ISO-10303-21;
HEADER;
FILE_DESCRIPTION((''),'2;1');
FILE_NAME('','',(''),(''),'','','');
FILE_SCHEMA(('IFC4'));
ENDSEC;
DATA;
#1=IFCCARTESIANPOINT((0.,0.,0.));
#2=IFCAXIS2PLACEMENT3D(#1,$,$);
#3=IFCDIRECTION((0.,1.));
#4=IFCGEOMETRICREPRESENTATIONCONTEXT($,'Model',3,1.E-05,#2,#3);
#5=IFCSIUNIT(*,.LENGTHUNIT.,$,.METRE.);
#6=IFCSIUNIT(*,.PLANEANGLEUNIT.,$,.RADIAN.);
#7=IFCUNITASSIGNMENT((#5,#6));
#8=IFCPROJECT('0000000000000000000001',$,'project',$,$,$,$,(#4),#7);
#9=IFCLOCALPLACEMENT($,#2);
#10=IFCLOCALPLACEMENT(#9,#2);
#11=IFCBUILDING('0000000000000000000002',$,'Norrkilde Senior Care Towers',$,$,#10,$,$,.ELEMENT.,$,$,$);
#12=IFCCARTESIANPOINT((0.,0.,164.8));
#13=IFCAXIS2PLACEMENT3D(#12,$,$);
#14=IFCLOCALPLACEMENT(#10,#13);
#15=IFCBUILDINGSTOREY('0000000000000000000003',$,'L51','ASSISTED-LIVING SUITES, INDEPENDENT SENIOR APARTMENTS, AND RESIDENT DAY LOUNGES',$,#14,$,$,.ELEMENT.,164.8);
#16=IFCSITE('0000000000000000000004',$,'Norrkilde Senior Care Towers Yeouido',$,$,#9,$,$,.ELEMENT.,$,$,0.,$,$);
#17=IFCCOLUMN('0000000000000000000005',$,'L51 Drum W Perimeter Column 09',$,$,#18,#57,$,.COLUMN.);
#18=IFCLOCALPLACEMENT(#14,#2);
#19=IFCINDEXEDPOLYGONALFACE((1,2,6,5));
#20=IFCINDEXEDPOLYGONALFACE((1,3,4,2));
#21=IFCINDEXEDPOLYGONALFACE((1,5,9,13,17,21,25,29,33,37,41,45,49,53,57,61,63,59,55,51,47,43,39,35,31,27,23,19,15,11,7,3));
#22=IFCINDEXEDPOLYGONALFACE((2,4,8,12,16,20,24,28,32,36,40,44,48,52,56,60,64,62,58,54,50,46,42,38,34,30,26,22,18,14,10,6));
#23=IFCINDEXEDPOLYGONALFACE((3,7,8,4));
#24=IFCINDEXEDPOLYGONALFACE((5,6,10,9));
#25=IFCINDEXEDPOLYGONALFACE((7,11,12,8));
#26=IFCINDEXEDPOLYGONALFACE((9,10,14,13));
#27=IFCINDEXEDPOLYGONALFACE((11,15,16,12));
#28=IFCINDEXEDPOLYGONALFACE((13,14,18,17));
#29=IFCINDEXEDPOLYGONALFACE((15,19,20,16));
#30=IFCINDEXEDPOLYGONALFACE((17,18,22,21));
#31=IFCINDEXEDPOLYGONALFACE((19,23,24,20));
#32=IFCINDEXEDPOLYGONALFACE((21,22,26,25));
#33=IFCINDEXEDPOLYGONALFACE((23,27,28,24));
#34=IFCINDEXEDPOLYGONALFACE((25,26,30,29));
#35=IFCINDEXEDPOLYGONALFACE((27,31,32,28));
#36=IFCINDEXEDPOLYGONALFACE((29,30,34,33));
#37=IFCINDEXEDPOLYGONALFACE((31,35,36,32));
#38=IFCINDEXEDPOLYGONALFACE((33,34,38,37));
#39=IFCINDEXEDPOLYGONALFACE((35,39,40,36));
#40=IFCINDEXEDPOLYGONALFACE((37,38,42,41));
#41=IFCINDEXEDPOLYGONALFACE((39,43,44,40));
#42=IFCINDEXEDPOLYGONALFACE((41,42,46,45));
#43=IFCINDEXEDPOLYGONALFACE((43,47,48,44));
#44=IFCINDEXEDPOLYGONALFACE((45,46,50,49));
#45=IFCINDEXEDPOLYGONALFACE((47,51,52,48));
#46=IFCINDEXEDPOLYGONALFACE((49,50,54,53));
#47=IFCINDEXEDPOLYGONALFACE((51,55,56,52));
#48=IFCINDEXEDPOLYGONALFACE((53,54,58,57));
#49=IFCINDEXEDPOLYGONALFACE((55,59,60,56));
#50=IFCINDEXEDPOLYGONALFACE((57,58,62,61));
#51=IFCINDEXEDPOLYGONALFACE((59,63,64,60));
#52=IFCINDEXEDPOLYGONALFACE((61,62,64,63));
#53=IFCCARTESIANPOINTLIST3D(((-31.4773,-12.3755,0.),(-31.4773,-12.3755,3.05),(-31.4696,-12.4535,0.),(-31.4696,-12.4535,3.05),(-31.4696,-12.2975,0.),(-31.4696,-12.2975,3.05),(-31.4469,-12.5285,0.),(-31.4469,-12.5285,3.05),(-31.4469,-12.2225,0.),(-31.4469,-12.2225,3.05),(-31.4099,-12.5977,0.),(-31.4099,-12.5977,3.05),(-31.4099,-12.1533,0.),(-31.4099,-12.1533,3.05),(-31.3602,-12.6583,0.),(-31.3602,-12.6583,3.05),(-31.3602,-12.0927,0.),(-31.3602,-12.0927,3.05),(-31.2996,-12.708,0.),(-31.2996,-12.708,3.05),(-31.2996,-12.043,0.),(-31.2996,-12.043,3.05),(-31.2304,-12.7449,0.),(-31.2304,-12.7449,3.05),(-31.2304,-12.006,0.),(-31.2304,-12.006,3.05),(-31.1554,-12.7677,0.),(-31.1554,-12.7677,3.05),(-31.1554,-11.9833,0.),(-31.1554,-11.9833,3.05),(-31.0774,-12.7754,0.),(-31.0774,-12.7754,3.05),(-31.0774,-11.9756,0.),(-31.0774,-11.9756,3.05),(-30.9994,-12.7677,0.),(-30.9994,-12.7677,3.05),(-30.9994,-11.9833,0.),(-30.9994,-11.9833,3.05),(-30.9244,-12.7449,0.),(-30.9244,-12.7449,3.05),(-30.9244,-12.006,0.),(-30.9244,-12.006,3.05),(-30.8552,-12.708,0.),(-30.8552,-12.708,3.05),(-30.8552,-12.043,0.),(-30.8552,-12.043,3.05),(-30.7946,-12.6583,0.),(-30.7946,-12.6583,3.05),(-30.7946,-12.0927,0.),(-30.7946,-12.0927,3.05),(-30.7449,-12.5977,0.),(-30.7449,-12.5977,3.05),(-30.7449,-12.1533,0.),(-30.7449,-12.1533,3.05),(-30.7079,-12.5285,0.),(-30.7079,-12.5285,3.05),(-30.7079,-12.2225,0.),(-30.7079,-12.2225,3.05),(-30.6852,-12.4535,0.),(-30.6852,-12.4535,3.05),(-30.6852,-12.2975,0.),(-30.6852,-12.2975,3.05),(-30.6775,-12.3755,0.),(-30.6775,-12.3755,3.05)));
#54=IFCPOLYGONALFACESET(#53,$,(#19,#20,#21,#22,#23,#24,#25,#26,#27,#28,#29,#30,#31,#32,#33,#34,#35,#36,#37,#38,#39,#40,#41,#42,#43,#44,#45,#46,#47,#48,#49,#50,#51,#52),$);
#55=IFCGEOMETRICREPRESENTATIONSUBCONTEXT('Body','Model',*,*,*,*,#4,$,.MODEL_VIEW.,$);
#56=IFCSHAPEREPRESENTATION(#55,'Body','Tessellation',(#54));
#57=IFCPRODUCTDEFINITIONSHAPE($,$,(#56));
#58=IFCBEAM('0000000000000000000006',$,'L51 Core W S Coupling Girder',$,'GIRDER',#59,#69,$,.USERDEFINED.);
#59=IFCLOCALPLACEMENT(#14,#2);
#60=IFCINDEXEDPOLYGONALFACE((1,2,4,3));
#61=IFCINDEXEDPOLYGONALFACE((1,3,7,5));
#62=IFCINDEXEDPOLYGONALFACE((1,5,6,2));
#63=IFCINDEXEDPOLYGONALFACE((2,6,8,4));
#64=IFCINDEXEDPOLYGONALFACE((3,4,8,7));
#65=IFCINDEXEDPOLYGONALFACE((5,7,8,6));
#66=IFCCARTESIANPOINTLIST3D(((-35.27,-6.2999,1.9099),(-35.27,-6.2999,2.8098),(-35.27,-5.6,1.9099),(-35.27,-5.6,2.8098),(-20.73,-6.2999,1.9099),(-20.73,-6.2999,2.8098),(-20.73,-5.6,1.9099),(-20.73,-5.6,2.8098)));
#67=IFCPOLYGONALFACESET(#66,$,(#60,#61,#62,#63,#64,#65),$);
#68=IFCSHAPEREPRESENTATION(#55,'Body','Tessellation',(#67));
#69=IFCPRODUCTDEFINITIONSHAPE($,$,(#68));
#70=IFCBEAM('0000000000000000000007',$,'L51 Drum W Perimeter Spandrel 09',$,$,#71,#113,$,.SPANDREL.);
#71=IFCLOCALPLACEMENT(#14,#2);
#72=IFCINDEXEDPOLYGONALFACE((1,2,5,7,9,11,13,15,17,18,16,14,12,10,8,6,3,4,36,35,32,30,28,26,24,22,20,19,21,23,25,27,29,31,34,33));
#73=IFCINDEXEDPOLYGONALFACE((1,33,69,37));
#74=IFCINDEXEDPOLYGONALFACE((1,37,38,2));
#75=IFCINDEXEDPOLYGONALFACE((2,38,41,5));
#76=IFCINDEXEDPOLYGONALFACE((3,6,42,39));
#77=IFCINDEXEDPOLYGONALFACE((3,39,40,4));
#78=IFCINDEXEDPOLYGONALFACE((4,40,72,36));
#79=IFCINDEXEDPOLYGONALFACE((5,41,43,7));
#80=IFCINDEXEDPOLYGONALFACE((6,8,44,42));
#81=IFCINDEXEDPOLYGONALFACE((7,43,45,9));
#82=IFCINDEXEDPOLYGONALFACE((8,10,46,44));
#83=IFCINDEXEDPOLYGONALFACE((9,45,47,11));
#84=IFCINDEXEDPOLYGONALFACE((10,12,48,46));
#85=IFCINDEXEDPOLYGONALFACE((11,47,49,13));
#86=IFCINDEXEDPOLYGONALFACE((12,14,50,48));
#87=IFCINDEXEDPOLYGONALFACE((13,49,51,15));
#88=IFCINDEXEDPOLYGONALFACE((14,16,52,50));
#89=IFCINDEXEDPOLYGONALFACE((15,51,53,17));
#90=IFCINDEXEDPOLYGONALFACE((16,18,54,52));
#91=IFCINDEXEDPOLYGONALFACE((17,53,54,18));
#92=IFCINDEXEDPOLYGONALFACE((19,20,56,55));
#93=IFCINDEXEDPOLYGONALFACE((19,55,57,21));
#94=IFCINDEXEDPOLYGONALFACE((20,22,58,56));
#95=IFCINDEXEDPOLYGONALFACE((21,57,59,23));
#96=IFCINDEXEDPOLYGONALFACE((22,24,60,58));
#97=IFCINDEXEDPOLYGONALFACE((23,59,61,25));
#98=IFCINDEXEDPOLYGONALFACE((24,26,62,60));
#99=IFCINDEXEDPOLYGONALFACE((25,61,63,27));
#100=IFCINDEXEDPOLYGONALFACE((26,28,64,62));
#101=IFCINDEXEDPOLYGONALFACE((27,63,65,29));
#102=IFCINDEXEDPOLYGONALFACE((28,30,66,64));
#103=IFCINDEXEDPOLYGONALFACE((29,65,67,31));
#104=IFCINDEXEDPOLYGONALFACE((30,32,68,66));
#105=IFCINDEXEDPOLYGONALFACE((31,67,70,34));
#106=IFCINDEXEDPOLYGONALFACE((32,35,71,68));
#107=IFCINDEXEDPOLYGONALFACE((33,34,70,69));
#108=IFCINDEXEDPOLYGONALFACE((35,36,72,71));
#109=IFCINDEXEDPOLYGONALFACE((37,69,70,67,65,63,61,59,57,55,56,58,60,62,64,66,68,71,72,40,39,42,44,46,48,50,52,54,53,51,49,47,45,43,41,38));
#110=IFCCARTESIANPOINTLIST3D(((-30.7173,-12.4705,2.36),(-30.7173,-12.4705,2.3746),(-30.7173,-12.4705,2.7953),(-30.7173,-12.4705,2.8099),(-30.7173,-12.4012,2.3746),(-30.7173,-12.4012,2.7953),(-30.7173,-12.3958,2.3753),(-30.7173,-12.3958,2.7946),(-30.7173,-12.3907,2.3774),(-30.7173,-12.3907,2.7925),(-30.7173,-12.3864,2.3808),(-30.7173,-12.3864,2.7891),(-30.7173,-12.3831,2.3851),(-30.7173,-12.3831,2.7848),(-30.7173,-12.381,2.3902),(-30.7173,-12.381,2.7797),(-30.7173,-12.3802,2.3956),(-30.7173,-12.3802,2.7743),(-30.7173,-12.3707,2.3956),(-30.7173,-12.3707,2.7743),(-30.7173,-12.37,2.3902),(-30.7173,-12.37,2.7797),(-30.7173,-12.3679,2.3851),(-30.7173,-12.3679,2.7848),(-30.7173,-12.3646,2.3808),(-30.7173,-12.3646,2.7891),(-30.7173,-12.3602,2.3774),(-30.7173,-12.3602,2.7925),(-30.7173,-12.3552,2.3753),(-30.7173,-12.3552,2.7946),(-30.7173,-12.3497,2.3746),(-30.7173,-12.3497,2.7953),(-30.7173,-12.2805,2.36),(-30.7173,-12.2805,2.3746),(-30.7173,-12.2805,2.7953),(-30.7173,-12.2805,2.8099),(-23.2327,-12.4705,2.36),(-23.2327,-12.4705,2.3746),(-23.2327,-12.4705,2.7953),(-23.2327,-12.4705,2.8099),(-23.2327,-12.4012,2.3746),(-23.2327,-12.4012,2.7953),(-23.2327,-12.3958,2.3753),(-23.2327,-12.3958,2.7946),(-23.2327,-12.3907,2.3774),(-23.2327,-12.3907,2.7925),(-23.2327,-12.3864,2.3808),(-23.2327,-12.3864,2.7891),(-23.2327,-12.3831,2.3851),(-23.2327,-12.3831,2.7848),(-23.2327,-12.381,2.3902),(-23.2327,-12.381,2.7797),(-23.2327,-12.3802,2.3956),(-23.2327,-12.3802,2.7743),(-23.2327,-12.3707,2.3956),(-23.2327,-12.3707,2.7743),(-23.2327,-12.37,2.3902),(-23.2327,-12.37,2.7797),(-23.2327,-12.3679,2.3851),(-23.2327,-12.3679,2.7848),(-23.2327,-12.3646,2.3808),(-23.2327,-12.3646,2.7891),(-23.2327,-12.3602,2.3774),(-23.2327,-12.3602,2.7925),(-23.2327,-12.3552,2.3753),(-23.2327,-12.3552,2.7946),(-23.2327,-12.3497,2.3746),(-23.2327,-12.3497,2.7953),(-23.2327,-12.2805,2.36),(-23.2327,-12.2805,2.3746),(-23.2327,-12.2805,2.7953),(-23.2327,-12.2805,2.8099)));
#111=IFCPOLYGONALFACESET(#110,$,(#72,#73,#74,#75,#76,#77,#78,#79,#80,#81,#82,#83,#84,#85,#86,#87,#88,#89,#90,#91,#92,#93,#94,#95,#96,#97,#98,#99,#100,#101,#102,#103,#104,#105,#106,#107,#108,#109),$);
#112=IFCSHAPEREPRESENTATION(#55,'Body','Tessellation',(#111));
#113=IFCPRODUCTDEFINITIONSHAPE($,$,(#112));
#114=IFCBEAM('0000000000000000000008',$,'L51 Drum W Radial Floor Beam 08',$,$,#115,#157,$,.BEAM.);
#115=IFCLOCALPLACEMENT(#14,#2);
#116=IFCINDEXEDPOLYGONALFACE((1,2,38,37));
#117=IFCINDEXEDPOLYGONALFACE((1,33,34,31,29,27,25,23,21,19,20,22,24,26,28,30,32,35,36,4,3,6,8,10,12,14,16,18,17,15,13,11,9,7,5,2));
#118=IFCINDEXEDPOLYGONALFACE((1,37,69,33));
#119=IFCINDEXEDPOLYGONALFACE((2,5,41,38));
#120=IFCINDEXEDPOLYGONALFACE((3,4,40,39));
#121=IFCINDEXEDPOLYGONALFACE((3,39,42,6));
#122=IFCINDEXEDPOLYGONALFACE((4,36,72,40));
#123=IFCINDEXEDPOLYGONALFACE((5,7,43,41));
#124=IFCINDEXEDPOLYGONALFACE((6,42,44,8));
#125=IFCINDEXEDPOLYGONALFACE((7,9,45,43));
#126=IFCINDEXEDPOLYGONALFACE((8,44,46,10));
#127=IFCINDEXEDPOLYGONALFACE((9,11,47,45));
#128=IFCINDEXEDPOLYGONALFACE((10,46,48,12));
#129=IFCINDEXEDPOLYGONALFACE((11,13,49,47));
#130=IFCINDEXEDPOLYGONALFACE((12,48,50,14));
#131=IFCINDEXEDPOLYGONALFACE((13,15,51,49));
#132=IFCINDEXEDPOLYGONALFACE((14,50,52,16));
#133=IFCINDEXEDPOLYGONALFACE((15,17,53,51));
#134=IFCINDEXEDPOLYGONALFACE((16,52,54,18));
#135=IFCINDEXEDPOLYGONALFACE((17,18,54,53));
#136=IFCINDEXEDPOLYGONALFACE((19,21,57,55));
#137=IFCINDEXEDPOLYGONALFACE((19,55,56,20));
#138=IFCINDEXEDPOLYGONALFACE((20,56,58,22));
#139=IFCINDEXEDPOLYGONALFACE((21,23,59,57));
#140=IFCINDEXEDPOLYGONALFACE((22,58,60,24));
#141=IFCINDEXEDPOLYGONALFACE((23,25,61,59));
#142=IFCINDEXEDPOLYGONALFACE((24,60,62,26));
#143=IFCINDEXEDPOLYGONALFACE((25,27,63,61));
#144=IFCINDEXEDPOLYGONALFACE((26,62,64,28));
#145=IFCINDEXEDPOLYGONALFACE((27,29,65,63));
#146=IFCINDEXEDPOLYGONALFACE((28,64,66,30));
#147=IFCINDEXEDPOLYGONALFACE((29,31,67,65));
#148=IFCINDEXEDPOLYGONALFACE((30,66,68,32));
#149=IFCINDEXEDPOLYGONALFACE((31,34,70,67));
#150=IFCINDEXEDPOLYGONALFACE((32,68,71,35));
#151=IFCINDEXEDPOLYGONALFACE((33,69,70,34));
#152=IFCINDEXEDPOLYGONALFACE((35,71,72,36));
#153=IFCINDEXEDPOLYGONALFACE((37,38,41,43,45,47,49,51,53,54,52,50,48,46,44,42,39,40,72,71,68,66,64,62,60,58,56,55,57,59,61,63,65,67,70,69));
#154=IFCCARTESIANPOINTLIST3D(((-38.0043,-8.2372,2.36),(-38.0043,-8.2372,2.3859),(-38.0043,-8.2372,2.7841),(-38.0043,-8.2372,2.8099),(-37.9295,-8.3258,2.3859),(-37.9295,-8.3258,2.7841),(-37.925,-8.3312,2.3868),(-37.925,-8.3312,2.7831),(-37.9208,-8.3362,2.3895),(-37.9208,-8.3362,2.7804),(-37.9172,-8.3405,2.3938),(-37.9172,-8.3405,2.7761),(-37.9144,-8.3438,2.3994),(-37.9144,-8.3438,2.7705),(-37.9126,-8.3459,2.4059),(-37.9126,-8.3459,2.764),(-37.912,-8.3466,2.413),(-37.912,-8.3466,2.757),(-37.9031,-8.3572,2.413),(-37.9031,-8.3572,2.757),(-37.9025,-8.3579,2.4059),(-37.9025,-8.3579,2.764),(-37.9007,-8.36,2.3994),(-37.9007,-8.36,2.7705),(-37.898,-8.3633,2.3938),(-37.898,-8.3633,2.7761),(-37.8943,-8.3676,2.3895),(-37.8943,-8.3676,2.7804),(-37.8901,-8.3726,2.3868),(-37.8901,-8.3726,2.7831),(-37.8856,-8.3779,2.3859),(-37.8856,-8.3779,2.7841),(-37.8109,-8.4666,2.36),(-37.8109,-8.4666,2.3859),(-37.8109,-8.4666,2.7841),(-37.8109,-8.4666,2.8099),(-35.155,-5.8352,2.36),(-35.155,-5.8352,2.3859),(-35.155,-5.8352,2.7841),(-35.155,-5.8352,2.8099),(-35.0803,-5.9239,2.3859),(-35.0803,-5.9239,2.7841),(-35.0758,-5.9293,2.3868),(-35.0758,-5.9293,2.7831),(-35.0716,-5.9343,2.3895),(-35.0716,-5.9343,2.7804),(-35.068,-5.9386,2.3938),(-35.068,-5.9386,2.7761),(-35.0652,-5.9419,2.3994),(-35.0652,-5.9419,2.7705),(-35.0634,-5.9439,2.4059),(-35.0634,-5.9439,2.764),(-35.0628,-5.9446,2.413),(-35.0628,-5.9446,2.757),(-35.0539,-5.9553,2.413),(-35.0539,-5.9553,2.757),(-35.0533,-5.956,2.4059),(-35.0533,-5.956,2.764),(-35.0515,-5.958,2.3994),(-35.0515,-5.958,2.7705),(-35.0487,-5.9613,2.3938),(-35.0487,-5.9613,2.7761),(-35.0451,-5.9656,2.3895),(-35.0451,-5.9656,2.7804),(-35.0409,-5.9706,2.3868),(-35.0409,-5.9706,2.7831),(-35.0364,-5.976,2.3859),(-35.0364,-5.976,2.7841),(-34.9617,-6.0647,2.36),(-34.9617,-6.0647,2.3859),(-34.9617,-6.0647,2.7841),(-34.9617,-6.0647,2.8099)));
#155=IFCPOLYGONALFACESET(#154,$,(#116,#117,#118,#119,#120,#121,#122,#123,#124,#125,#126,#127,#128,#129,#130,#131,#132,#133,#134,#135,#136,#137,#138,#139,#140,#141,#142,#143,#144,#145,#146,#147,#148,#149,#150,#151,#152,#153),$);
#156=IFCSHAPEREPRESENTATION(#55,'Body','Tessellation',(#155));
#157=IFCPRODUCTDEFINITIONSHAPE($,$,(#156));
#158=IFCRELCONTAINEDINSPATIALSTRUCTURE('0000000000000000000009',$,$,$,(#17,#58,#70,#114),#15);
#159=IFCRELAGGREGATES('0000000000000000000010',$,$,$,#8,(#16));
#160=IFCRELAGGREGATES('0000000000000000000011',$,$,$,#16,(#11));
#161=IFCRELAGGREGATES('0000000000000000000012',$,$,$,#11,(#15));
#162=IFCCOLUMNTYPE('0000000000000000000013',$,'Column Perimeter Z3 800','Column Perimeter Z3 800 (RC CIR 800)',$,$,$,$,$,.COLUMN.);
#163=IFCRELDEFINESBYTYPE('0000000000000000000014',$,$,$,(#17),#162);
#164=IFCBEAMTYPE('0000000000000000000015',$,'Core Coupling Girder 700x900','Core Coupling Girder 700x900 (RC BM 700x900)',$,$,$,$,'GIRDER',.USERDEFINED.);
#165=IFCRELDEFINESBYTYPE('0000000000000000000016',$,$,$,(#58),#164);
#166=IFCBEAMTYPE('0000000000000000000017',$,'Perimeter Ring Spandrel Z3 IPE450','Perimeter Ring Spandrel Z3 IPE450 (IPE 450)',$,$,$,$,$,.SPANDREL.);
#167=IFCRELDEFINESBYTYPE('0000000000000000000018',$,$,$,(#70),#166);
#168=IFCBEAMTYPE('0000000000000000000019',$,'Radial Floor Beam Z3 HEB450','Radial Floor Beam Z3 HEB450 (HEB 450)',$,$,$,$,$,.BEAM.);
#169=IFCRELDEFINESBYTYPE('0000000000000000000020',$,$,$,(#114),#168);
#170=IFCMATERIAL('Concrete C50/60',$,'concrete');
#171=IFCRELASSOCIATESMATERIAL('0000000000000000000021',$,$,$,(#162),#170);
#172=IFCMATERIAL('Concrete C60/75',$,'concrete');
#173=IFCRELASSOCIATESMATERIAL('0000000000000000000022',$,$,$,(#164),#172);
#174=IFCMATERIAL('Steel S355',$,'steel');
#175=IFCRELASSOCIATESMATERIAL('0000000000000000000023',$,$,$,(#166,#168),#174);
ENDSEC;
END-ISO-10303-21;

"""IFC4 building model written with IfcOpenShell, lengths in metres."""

from ifc_helpers import new_model, si_unit, direction, frame, origin, origin_2d, place, context, subcontext, project, spatial, rectangle, circle, i_section, extrude, source, transform, mapped, material, material_profile, profile_set, type_object, type_shapes, element, save


model = new_model("IFC4")

# Units and contexts
model_context = context("Model", 3, precision=1e-05, world=origin(), true_north=direction((0.0, 1.0)))
body_context = subcontext(model_context, "Body", "Model", "MODEL_VIEW")
ifc_project = project(units=[si_unit("LENGTHUNIT", "METRE"), si_unit("PLANEANGLEUNIT", "RADIAN")], contexts=[model_context])

# Site, building, storey
site_placement = place(None, origin())
site = spatial("IfcSite", under=ifc_project, at=site_placement, Name="Norrkilde Senior Care Towers Yeouido", CompositionType="ELEMENT", RefElevation=0.0)
building_placement = place(site_placement, origin())
building = spatial("IfcBuilding", under=site, at=building_placement, Name="Norrkilde Senior Care Towers", CompositionType="ELEMENT")
storey_placement = place(building_placement, frame((0.0, 0.0, 164.8)))
storey = spatial("IfcBuildingStorey", under=building, at=storey_placement, Name="L51", Description="ASSISTED-LIVING SUITES, INDEPENDENT SENIOR APARTMENTS, AND RESIDENT DAY LOUNGES", CompositionType="ELEMENT", Elevation=164.8)

# Column
ifc_material_1 = material(Name="Concrete C50/60", Category="concrete")
ifc_material_profile_1 = material_profile(ifc_material_1, circle(Radius=0.3999, at=origin_2d()), Name="RC CIR 800")
ifc_profile_set_1 = profile_set([ifc_material_profile_1], Name="Concrete C50/60")
column_type = type_object("IfcColumnType", Name="Column Perimeter Z3 800", Description="Column Perimeter Z3 800 (RC CIR 800)", PredefinedType="COLUMN", material=ifc_profile_set_1)
shared_shape_1 = source(origin(), body_context, "Body", "SweptSolid", [
    extrude(circle(Radius=0.3999, at=origin_2d()), origin(), (0.0, 0.0, 1.0), 3.05),
])
type_shapes(column_type, [shared_shape_1])
column_placement = place(storey_placement, frame((-31.0774, -12.3755, 0.0), z_axis=(0.0, 0.0, 1.0), x_axis=(1.0, 0.0, 0.0)))
element("IfcColumn", 1, at=column_placement, inside=storey, type_object=column_type, Name="L51 Drum W Perimeter Column 09", PredefinedType="COLUMN", context=body_context, shape_type="MappedRepresentation", body=[
    mapped(shared_shape_1, transform((0.0, 0.0, 0.0), x_axis=(1.0, 0.0, 0.0), y_axis=(0.0, 1.0, 0.0), z_axis=(0.0, 0.0, 1.0), scale=1.0)),
])

# Beams
ifc_material_2 = material(Name="Concrete C60/75", Category="concrete")
ifc_material_profile_2 = material_profile(ifc_material_2, rectangle(XDim=0.7, YDim=0.8999, at=origin_2d()), Name="RC BM 700x900")
ifc_profile_set_2 = profile_set([ifc_material_profile_2], Name="Concrete C60/75")
beam_type_1 = type_object("IfcBeamType", Name="Core Coupling Girder 700x900", Description="Core Coupling Girder 700x900 (RC BM 700x900)", ElementType="GIRDER", PredefinedType="USERDEFINED", material=ifc_profile_set_2)
shared_shape_2 = source(origin(), body_context, "Body", "SweptSolid", [
    extrude(rectangle(XDim=0.7, YDim=0.8999, at=origin_2d()), origin(), (0.0, 0.0, 1.0), 14.54),
])
type_shapes(beam_type_1, [shared_shape_2])
beam_1_placement = place(storey_placement, frame((-35.27, -5.95, 2.3599), z_axis=(1.0, 0.0, 0.0), x_axis=(0.0, 1.0, 0.0)))
element("IfcBeam", 2, at=beam_1_placement, inside=storey, type_object=beam_type_1, Name="L51 Core W S Coupling Girder", ObjectType="GIRDER", PredefinedType="USERDEFINED", context=body_context, shape_type="MappedRepresentation", body=[
    mapped(shared_shape_2, transform((0.0, 0.0, 0.0), x_axis=(1.0, 0.0, 0.0), y_axis=(0.0, 1.0, 0.0), z_axis=(0.0, 0.0, 1.0), scale=1.0)),
])
ifc_material_3 = material(Name="Steel S355", Category="steel")
ifc_material_profile_3 = material_profile(ifc_material_3, i_section(OverallWidth=0.1899, OverallDepth=0.45, WebThickness=0.0095, FlangeThickness=0.0146, FilletRadius=0.021, at=origin_2d()), Name="IPE 450")
ifc_profile_set_3 = profile_set([ifc_material_profile_3], Name="Steel S355")
beam_type_2 = type_object("IfcBeamType", Name="Perimeter Ring Spandrel Z3 IPE450", Description="Perimeter Ring Spandrel Z3 IPE450 (IPE 450)", PredefinedType="SPANDREL", material=ifc_profile_set_3)
shared_shape_3 = source(origin(), body_context, "Body", "SweptSolid", [
    extrude(i_section(OverallWidth=0.1899, OverallDepth=0.45, WebThickness=0.0095, FlangeThickness=0.0146, FilletRadius=0.021, at=origin_2d()), origin(), (0.0, 0.0, 1.0), 7.4846),
])
type_shapes(beam_type_2, [shared_shape_3])
beam_2_placement = place(storey_placement, frame((-30.7173, -12.3755, 2.585), z_axis=(1.0, 0.0, 0.0), x_axis=(0.0, 1.0, 0.0)))
element("IfcBeam", 3, at=beam_2_placement, inside=storey, type_object=beam_type_2, Name="L51 Drum W Perimeter Spandrel 09", PredefinedType="SPANDREL", context=body_context, shape_type="MappedRepresentation", body=[
    mapped(shared_shape_3, transform((0.0, 0.0, 0.0), x_axis=(1.0, 0.0, 0.0), y_axis=(0.0, 1.0, 0.0), z_axis=(0.0, 0.0, 1.0), scale=1.0)),
])
ifc_material_profile_4 = material_profile(ifc_material_3, i_section(OverallWidth=0.3, OverallDepth=0.45, WebThickness=0.0139, FlangeThickness=0.0259, FilletRadius=0.0271, at=origin_2d()), Name="HEB 450")
ifc_profile_set_4 = profile_set([ifc_material_profile_4], Name="Steel S355")
beam_type_3 = type_object("IfcBeamType", Name="Radial Floor Beam Z3 HEB450", Description="Radial Floor Beam Z3 HEB450 (HEB 450)", PredefinedType="BEAM", material=ifc_profile_set_4)
shared_shape_4 = source(origin(), body_context, "Body", "SweptSolid", [
    extrude(i_section(OverallWidth=0.3, OverallDepth=0.45, WebThickness=0.0139, FlangeThickness=0.0259, FilletRadius=0.0271, at=origin_2d()), origin(), (0.0, 0.0, 1.0), 3.7266),
])
beam_3_placement = place(storey_placement, frame((-35.0583, -5.95, 2.585), z_axis=(-0.764568, -0.644543, 0.0), x_axis=(0.644543, -0.764568, 0.0)))
element("IfcBeam", 4, at=beam_3_placement, inside=storey, type_object=beam_type_3, Name="L51 Drum W Radial Floor Beam 08", PredefinedType="BEAM", context=body_context, shape_type="MappedRepresentation", body=[
    mapped(shared_shape_4, transform((0.0, 0.0, 0.0), x_axis=(1.0, 0.0, 0.0), y_axis=(0.0, 1.0, 0.0), z_axis=(0.0, 0.0, 1.0), scale=1.0)),
])

save(model, "model.ifc")
